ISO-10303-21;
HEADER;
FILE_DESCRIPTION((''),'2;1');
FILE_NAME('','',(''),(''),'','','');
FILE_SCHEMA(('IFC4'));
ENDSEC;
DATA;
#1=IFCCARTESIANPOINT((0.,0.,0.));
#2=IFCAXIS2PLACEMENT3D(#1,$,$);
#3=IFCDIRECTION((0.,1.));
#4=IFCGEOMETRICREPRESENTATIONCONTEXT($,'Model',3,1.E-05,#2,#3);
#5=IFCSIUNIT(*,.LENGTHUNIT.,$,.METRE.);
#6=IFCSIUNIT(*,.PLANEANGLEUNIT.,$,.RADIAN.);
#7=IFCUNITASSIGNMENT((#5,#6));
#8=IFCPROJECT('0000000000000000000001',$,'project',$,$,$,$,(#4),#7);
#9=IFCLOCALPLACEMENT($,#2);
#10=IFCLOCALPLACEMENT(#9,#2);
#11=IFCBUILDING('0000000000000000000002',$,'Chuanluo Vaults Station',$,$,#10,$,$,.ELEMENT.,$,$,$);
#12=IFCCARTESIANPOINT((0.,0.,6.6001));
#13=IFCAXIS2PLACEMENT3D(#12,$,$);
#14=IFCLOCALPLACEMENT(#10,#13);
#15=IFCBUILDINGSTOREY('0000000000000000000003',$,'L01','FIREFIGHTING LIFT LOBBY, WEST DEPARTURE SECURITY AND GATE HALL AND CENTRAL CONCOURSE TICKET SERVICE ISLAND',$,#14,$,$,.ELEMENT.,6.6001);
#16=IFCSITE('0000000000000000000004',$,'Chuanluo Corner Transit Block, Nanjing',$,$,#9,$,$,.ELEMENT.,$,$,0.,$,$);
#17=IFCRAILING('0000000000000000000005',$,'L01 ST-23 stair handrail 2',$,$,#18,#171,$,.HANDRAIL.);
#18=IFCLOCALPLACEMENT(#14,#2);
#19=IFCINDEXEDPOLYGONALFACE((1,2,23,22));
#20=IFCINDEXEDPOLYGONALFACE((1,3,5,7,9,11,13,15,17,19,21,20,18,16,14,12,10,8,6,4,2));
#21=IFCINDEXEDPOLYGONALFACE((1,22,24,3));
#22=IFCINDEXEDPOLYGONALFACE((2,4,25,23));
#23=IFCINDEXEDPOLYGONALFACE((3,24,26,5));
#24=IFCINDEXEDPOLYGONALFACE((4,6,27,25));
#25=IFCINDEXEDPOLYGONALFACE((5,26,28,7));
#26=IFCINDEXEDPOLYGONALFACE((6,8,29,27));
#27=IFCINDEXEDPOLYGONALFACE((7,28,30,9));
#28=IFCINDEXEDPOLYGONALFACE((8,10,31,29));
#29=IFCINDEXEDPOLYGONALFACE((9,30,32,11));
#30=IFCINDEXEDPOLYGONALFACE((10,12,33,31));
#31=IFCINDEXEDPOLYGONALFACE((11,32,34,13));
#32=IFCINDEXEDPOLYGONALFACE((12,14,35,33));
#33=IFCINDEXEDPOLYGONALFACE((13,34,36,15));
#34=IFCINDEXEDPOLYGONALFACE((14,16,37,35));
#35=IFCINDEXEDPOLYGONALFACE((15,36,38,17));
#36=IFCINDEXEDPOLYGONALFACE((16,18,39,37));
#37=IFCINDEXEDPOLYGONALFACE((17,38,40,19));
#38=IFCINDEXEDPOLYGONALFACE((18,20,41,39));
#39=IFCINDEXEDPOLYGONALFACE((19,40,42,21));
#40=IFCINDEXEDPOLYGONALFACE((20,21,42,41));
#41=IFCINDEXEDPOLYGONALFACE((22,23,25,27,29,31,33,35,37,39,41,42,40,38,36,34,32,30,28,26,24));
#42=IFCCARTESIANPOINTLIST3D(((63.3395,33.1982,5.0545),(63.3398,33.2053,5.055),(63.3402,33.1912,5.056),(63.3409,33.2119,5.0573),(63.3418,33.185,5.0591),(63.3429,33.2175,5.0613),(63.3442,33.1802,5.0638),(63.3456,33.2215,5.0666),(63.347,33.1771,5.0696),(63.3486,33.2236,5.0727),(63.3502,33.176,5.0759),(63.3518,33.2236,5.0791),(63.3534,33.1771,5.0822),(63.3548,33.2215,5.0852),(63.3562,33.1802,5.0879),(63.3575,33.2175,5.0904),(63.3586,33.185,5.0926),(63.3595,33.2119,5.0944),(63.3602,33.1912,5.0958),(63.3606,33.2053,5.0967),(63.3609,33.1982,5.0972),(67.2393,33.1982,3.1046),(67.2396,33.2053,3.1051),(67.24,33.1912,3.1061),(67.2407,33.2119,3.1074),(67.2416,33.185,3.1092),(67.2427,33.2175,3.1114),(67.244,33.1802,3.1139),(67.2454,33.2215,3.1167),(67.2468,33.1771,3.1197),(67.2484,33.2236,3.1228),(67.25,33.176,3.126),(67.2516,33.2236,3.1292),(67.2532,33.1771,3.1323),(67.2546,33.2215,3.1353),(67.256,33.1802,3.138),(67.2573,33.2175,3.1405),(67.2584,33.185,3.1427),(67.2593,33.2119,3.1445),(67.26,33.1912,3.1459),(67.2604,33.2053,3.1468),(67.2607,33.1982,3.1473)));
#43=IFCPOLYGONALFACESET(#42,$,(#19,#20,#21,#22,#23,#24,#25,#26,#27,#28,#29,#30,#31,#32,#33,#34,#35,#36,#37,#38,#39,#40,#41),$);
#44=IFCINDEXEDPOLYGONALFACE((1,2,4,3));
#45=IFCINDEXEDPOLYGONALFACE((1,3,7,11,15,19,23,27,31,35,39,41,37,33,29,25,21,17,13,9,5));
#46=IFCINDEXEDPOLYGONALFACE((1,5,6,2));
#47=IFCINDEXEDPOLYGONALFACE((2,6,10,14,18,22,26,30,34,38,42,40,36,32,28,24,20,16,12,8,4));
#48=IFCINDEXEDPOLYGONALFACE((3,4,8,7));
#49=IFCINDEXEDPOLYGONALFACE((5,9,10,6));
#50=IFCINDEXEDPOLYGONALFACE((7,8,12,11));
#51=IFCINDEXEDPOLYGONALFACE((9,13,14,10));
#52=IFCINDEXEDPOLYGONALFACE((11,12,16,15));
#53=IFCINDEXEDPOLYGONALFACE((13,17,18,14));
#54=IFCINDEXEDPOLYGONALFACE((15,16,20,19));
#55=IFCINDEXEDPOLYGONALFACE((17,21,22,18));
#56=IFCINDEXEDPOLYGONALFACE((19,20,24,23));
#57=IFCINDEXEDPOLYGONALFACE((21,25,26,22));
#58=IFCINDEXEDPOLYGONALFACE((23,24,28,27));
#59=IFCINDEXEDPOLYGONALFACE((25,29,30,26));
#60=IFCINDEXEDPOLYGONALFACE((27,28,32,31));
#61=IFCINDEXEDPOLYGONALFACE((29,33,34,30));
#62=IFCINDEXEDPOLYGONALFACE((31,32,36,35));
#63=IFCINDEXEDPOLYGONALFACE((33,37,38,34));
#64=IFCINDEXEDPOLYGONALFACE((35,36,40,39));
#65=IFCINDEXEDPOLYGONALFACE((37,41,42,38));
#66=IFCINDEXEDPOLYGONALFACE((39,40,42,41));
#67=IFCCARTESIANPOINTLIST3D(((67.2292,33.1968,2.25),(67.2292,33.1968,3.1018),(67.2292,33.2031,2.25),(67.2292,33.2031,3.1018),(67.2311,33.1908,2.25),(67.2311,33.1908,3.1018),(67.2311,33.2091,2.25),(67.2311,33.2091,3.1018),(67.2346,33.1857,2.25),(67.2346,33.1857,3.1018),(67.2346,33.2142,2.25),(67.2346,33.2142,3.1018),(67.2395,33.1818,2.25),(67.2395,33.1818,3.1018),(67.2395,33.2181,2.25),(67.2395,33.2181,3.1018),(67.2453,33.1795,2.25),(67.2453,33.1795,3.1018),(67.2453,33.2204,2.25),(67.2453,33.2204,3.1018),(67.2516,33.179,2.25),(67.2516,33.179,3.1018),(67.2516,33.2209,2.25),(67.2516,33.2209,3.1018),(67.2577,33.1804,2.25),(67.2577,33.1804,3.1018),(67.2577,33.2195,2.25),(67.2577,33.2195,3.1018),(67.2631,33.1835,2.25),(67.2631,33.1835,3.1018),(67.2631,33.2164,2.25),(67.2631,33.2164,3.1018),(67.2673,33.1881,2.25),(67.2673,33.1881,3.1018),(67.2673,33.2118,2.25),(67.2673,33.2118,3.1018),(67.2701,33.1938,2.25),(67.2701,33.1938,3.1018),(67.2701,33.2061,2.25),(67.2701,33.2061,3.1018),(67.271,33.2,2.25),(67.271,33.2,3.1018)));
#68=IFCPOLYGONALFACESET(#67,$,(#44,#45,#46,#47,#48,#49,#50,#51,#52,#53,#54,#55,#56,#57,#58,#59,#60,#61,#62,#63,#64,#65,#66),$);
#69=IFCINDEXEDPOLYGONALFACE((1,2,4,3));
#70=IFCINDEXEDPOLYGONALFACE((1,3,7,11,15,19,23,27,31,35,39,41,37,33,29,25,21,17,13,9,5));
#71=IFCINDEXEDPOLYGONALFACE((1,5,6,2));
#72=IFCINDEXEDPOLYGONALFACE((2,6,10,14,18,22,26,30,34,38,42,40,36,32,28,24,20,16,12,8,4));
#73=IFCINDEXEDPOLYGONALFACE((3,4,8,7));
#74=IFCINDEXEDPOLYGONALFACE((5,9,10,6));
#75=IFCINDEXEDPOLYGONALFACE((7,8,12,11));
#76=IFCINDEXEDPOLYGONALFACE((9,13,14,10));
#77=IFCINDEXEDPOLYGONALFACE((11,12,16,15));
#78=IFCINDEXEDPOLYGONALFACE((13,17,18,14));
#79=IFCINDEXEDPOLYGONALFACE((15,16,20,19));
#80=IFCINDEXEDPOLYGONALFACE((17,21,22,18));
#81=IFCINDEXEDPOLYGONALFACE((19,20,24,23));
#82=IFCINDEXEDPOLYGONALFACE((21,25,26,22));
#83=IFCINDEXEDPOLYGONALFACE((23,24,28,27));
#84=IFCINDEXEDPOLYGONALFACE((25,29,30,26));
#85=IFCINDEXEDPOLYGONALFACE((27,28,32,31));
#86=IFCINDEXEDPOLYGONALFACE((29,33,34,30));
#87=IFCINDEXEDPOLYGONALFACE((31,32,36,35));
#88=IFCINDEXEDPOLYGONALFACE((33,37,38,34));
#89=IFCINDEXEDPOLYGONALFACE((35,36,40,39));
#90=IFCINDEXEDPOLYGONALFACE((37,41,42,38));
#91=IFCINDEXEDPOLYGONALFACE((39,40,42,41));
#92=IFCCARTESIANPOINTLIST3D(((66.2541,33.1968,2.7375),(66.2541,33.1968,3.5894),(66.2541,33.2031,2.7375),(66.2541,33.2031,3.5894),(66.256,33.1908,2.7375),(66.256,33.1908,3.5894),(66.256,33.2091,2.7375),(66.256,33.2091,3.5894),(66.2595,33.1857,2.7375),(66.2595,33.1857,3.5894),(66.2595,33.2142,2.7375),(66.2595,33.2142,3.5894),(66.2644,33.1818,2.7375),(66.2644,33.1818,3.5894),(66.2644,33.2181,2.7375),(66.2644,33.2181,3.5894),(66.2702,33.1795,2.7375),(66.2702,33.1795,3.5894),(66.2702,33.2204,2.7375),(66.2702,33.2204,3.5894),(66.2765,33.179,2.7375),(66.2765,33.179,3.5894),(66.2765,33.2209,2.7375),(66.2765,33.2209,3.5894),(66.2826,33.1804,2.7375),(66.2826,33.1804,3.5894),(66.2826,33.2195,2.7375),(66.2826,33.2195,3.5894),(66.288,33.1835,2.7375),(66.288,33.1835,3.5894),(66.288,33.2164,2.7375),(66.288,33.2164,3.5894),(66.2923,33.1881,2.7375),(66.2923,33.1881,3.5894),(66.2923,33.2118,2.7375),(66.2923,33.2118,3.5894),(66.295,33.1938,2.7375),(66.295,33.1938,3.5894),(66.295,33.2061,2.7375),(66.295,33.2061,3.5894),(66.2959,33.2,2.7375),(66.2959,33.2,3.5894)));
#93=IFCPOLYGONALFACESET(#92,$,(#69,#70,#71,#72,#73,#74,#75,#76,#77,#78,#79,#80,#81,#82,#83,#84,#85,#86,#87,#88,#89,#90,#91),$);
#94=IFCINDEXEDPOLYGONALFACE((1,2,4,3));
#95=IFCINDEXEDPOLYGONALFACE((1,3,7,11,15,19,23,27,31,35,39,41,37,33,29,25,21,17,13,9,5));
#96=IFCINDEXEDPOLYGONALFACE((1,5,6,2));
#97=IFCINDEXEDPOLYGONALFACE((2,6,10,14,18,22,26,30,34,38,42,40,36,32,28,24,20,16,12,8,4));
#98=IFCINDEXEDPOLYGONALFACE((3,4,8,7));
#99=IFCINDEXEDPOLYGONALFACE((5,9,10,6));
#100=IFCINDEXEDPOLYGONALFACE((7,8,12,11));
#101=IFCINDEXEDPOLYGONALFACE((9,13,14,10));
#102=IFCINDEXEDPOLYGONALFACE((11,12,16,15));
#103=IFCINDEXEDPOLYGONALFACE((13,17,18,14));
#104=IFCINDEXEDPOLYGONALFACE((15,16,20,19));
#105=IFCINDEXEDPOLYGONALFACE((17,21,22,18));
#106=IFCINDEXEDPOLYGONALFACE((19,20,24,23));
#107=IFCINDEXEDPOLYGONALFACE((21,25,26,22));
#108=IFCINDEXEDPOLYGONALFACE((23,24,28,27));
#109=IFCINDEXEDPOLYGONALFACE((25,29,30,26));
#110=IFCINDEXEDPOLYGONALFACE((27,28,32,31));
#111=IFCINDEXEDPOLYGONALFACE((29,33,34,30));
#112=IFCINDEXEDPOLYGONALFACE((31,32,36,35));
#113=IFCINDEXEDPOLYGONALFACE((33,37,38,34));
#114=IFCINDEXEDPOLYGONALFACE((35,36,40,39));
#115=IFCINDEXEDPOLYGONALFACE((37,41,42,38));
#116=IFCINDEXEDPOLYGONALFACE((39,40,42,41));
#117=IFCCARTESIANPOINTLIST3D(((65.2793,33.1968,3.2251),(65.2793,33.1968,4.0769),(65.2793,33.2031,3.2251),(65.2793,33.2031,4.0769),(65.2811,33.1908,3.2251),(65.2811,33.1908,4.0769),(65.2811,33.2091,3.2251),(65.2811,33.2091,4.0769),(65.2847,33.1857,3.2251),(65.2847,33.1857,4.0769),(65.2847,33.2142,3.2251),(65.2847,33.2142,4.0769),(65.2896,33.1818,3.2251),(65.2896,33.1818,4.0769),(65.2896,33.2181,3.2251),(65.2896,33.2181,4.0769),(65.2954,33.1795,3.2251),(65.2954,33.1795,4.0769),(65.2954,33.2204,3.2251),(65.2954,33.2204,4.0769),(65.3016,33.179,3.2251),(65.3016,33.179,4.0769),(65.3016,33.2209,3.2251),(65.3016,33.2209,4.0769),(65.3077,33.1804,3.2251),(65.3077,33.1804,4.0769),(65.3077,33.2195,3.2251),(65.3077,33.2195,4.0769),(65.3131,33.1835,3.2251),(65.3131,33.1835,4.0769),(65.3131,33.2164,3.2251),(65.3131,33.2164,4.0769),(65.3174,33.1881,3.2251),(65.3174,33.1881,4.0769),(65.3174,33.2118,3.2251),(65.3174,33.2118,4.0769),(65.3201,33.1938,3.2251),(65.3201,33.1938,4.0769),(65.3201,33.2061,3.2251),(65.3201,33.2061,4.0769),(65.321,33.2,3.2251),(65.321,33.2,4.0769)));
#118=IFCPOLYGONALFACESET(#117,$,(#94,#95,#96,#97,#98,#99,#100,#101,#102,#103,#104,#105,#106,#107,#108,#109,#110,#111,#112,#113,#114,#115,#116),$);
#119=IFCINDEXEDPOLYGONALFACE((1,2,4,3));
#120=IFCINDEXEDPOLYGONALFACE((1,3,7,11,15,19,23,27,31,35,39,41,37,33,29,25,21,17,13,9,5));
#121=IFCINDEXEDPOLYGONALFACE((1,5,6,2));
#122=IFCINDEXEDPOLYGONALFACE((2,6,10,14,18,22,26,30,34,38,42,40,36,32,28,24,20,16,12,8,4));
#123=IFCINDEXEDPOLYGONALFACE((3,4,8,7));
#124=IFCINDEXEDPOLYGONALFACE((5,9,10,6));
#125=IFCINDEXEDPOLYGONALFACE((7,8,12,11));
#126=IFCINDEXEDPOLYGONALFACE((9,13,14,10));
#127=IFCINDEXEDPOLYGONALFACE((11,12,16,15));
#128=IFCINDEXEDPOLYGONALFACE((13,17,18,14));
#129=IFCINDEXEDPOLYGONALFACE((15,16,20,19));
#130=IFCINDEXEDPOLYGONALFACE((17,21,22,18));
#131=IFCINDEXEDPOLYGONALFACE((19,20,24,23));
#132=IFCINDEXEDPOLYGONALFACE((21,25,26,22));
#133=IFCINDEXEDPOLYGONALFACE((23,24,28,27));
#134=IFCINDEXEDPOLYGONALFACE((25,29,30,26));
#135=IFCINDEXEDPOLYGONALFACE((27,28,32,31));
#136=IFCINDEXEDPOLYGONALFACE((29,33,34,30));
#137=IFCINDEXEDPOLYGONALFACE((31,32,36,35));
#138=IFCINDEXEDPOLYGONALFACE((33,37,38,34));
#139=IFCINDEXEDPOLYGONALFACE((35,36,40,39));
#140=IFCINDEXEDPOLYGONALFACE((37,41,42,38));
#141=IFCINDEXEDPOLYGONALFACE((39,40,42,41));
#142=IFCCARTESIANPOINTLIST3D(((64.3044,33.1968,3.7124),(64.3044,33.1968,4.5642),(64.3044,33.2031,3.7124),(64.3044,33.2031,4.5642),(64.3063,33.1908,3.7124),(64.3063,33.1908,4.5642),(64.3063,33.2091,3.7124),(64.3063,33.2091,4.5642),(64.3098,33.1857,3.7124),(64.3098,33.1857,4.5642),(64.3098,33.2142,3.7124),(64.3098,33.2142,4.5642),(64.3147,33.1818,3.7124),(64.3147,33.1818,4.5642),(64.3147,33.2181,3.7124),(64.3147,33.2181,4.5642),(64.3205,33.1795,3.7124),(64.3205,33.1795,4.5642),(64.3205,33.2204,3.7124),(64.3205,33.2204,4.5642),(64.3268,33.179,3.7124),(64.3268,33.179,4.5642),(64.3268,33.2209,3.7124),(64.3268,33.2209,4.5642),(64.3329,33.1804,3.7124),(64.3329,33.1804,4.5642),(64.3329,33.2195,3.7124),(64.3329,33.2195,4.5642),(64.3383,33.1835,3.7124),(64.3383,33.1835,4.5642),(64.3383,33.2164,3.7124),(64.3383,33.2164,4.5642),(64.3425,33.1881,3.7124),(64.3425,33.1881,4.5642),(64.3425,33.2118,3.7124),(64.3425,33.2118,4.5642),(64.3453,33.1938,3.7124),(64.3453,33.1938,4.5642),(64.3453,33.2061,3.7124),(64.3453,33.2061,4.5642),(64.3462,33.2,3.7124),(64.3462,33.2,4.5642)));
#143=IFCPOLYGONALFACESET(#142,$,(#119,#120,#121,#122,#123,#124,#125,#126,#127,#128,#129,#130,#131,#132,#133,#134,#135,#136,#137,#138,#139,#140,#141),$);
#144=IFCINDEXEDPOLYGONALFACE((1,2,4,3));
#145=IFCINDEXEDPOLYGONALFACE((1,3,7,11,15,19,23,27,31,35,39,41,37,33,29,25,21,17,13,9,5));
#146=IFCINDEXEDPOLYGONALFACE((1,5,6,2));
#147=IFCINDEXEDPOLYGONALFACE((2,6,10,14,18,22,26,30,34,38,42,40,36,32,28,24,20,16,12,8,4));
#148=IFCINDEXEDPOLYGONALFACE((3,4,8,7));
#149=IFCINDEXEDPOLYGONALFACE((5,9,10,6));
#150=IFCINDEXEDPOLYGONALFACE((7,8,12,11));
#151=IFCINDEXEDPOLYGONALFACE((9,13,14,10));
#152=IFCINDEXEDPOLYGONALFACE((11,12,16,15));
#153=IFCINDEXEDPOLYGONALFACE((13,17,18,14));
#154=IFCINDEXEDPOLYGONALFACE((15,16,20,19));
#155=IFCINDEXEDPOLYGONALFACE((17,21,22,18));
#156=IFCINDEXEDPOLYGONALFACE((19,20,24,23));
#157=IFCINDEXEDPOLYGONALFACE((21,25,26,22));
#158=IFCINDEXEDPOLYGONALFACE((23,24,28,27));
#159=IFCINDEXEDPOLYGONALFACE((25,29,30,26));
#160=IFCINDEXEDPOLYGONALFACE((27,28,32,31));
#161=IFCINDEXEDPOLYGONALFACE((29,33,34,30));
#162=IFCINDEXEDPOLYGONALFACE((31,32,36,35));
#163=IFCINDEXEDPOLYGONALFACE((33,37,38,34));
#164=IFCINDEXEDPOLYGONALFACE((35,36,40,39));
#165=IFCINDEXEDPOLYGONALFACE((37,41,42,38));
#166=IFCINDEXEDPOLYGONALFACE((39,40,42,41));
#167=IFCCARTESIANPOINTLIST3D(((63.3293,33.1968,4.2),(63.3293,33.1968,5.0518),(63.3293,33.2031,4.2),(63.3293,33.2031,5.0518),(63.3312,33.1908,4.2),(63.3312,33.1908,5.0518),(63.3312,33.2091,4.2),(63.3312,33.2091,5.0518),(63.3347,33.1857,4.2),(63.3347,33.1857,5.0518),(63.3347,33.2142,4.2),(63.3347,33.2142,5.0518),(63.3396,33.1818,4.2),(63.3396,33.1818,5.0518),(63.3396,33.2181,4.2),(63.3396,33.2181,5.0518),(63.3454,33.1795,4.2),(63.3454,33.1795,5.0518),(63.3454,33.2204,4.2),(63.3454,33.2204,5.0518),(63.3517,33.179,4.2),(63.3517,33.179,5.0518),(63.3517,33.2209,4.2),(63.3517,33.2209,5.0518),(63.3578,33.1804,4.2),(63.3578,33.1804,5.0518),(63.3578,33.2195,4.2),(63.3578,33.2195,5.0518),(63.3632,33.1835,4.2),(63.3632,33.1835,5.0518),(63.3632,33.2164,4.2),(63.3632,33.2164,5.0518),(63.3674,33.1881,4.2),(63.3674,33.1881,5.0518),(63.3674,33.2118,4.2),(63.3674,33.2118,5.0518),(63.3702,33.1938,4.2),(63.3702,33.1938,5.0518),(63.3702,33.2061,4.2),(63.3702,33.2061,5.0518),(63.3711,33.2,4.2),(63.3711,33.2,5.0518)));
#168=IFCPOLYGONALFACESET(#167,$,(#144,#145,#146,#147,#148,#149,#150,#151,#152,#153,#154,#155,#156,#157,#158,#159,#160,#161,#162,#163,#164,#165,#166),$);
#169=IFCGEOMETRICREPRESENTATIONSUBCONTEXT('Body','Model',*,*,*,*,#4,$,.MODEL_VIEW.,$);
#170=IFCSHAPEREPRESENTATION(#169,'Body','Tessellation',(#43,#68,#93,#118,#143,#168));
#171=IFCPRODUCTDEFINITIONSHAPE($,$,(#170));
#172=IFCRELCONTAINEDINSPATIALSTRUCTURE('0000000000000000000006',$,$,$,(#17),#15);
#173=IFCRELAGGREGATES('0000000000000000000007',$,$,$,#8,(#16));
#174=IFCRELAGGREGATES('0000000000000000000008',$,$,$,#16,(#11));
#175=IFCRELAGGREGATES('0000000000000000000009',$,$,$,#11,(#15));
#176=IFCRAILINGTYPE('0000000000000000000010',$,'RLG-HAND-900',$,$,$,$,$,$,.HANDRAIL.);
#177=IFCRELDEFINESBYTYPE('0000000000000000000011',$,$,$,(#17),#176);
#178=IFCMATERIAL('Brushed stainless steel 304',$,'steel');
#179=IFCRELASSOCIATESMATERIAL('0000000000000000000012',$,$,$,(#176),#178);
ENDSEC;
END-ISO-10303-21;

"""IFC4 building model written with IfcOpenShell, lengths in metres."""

from ifc_helpers import new_model, si_unit, direction, frame, origin, origin_2d, place, context, subcontext, project, spatial, circle, extrude, material, type_object, element, save


model = new_model("IFC4")

# Units and contexts
model_context = context("Model", 3, precision=1e-05, world=origin(), true_north=direction((0.0, 1.0)))
body_context = subcontext(model_context, "Body", "Model", "MODEL_VIEW")
ifc_project = project(units=[si_unit("LENGTHUNIT", "METRE"), si_unit("PLANEANGLEUNIT", "RADIAN")], contexts=[model_context])

# Site, building, storey
site_placement = place(None, origin())
site = spatial("IfcSite", under=ifc_project, at=site_placement, Name="Chuanluo Corner Transit Block, Nanjing", CompositionType="ELEMENT", RefElevation=0.0)
building_placement = place(site_placement, origin())
building = spatial("IfcBuilding", under=site, at=building_placement, Name="Chuanluo Vaults Station", CompositionType="ELEMENT")
storey_placement = place(building_placement, frame((0.0, 0.0, 6.6001)))
storey = spatial("IfcBuildingStorey", under=building, at=storey_placement, Name="L01", Description="FIREFIGHTING LIFT LOBBY, WEST DEPARTURE SECURITY AND GATE HALL AND CENTRAL CONCOURSE TICKET SERVICE ISLAND", CompositionType="ELEMENT", Elevation=6.6001)

# Railing
ifc_material_1 = material(Name="Brushed stainless steel 304", Category="steel")
railing_type_1 = type_object("IfcRailingType", Name="RLG-HAND-900", PredefinedType="HANDRAIL", material=ifc_material_1)
railing_1_placement = place(storey_placement, frame((67.25, 33.2, 2.25)))
element("IfcRailing", 1, at=railing_1_placement, inside=storey, type_object=railing_type_1, Name="L01 ST-23 stair handrail 2", PredefinedType="HANDRAIL", context=body_context, shape_type="SweptSolid", body=[
    extrude(circle(Radius=0.0239, at=origin_2d()), frame((0.0, 0.0, 0.876), z_axis=(-0.894427, 0.0, 0.447214), x_axis=(0.0, -1.0, 0.0)), (0.0, 0.0, 1.0), 4.3601),
    extrude(circle(Radius=0.021, at=origin_2d()), origin(), (0.0, 0.0, 1.0), 0.8518),
    extrude(circle(Radius=0.021, at=origin_2d()), frame((-0.9751, 0.0, 0.4875)), (0.0, 0.0, 1.0), 0.8518),
    extrude(circle(Radius=0.021, at=origin_2d()), frame((-1.95, 0.0, 0.9751)), (0.0, 0.0, 1.0), 0.8518),
    extrude(circle(Radius=0.021, at=origin_2d()), frame((-2.9248, 0.0, 1.4624)), (0.0, 0.0, 1.0), 0.8518),
    extrude(circle(Radius=0.021, at=origin_2d()), frame((-3.8999, 0.0, 1.95)), (0.0, 0.0, 1.0), 0.8518),
])

save(model, "model.ifc")
